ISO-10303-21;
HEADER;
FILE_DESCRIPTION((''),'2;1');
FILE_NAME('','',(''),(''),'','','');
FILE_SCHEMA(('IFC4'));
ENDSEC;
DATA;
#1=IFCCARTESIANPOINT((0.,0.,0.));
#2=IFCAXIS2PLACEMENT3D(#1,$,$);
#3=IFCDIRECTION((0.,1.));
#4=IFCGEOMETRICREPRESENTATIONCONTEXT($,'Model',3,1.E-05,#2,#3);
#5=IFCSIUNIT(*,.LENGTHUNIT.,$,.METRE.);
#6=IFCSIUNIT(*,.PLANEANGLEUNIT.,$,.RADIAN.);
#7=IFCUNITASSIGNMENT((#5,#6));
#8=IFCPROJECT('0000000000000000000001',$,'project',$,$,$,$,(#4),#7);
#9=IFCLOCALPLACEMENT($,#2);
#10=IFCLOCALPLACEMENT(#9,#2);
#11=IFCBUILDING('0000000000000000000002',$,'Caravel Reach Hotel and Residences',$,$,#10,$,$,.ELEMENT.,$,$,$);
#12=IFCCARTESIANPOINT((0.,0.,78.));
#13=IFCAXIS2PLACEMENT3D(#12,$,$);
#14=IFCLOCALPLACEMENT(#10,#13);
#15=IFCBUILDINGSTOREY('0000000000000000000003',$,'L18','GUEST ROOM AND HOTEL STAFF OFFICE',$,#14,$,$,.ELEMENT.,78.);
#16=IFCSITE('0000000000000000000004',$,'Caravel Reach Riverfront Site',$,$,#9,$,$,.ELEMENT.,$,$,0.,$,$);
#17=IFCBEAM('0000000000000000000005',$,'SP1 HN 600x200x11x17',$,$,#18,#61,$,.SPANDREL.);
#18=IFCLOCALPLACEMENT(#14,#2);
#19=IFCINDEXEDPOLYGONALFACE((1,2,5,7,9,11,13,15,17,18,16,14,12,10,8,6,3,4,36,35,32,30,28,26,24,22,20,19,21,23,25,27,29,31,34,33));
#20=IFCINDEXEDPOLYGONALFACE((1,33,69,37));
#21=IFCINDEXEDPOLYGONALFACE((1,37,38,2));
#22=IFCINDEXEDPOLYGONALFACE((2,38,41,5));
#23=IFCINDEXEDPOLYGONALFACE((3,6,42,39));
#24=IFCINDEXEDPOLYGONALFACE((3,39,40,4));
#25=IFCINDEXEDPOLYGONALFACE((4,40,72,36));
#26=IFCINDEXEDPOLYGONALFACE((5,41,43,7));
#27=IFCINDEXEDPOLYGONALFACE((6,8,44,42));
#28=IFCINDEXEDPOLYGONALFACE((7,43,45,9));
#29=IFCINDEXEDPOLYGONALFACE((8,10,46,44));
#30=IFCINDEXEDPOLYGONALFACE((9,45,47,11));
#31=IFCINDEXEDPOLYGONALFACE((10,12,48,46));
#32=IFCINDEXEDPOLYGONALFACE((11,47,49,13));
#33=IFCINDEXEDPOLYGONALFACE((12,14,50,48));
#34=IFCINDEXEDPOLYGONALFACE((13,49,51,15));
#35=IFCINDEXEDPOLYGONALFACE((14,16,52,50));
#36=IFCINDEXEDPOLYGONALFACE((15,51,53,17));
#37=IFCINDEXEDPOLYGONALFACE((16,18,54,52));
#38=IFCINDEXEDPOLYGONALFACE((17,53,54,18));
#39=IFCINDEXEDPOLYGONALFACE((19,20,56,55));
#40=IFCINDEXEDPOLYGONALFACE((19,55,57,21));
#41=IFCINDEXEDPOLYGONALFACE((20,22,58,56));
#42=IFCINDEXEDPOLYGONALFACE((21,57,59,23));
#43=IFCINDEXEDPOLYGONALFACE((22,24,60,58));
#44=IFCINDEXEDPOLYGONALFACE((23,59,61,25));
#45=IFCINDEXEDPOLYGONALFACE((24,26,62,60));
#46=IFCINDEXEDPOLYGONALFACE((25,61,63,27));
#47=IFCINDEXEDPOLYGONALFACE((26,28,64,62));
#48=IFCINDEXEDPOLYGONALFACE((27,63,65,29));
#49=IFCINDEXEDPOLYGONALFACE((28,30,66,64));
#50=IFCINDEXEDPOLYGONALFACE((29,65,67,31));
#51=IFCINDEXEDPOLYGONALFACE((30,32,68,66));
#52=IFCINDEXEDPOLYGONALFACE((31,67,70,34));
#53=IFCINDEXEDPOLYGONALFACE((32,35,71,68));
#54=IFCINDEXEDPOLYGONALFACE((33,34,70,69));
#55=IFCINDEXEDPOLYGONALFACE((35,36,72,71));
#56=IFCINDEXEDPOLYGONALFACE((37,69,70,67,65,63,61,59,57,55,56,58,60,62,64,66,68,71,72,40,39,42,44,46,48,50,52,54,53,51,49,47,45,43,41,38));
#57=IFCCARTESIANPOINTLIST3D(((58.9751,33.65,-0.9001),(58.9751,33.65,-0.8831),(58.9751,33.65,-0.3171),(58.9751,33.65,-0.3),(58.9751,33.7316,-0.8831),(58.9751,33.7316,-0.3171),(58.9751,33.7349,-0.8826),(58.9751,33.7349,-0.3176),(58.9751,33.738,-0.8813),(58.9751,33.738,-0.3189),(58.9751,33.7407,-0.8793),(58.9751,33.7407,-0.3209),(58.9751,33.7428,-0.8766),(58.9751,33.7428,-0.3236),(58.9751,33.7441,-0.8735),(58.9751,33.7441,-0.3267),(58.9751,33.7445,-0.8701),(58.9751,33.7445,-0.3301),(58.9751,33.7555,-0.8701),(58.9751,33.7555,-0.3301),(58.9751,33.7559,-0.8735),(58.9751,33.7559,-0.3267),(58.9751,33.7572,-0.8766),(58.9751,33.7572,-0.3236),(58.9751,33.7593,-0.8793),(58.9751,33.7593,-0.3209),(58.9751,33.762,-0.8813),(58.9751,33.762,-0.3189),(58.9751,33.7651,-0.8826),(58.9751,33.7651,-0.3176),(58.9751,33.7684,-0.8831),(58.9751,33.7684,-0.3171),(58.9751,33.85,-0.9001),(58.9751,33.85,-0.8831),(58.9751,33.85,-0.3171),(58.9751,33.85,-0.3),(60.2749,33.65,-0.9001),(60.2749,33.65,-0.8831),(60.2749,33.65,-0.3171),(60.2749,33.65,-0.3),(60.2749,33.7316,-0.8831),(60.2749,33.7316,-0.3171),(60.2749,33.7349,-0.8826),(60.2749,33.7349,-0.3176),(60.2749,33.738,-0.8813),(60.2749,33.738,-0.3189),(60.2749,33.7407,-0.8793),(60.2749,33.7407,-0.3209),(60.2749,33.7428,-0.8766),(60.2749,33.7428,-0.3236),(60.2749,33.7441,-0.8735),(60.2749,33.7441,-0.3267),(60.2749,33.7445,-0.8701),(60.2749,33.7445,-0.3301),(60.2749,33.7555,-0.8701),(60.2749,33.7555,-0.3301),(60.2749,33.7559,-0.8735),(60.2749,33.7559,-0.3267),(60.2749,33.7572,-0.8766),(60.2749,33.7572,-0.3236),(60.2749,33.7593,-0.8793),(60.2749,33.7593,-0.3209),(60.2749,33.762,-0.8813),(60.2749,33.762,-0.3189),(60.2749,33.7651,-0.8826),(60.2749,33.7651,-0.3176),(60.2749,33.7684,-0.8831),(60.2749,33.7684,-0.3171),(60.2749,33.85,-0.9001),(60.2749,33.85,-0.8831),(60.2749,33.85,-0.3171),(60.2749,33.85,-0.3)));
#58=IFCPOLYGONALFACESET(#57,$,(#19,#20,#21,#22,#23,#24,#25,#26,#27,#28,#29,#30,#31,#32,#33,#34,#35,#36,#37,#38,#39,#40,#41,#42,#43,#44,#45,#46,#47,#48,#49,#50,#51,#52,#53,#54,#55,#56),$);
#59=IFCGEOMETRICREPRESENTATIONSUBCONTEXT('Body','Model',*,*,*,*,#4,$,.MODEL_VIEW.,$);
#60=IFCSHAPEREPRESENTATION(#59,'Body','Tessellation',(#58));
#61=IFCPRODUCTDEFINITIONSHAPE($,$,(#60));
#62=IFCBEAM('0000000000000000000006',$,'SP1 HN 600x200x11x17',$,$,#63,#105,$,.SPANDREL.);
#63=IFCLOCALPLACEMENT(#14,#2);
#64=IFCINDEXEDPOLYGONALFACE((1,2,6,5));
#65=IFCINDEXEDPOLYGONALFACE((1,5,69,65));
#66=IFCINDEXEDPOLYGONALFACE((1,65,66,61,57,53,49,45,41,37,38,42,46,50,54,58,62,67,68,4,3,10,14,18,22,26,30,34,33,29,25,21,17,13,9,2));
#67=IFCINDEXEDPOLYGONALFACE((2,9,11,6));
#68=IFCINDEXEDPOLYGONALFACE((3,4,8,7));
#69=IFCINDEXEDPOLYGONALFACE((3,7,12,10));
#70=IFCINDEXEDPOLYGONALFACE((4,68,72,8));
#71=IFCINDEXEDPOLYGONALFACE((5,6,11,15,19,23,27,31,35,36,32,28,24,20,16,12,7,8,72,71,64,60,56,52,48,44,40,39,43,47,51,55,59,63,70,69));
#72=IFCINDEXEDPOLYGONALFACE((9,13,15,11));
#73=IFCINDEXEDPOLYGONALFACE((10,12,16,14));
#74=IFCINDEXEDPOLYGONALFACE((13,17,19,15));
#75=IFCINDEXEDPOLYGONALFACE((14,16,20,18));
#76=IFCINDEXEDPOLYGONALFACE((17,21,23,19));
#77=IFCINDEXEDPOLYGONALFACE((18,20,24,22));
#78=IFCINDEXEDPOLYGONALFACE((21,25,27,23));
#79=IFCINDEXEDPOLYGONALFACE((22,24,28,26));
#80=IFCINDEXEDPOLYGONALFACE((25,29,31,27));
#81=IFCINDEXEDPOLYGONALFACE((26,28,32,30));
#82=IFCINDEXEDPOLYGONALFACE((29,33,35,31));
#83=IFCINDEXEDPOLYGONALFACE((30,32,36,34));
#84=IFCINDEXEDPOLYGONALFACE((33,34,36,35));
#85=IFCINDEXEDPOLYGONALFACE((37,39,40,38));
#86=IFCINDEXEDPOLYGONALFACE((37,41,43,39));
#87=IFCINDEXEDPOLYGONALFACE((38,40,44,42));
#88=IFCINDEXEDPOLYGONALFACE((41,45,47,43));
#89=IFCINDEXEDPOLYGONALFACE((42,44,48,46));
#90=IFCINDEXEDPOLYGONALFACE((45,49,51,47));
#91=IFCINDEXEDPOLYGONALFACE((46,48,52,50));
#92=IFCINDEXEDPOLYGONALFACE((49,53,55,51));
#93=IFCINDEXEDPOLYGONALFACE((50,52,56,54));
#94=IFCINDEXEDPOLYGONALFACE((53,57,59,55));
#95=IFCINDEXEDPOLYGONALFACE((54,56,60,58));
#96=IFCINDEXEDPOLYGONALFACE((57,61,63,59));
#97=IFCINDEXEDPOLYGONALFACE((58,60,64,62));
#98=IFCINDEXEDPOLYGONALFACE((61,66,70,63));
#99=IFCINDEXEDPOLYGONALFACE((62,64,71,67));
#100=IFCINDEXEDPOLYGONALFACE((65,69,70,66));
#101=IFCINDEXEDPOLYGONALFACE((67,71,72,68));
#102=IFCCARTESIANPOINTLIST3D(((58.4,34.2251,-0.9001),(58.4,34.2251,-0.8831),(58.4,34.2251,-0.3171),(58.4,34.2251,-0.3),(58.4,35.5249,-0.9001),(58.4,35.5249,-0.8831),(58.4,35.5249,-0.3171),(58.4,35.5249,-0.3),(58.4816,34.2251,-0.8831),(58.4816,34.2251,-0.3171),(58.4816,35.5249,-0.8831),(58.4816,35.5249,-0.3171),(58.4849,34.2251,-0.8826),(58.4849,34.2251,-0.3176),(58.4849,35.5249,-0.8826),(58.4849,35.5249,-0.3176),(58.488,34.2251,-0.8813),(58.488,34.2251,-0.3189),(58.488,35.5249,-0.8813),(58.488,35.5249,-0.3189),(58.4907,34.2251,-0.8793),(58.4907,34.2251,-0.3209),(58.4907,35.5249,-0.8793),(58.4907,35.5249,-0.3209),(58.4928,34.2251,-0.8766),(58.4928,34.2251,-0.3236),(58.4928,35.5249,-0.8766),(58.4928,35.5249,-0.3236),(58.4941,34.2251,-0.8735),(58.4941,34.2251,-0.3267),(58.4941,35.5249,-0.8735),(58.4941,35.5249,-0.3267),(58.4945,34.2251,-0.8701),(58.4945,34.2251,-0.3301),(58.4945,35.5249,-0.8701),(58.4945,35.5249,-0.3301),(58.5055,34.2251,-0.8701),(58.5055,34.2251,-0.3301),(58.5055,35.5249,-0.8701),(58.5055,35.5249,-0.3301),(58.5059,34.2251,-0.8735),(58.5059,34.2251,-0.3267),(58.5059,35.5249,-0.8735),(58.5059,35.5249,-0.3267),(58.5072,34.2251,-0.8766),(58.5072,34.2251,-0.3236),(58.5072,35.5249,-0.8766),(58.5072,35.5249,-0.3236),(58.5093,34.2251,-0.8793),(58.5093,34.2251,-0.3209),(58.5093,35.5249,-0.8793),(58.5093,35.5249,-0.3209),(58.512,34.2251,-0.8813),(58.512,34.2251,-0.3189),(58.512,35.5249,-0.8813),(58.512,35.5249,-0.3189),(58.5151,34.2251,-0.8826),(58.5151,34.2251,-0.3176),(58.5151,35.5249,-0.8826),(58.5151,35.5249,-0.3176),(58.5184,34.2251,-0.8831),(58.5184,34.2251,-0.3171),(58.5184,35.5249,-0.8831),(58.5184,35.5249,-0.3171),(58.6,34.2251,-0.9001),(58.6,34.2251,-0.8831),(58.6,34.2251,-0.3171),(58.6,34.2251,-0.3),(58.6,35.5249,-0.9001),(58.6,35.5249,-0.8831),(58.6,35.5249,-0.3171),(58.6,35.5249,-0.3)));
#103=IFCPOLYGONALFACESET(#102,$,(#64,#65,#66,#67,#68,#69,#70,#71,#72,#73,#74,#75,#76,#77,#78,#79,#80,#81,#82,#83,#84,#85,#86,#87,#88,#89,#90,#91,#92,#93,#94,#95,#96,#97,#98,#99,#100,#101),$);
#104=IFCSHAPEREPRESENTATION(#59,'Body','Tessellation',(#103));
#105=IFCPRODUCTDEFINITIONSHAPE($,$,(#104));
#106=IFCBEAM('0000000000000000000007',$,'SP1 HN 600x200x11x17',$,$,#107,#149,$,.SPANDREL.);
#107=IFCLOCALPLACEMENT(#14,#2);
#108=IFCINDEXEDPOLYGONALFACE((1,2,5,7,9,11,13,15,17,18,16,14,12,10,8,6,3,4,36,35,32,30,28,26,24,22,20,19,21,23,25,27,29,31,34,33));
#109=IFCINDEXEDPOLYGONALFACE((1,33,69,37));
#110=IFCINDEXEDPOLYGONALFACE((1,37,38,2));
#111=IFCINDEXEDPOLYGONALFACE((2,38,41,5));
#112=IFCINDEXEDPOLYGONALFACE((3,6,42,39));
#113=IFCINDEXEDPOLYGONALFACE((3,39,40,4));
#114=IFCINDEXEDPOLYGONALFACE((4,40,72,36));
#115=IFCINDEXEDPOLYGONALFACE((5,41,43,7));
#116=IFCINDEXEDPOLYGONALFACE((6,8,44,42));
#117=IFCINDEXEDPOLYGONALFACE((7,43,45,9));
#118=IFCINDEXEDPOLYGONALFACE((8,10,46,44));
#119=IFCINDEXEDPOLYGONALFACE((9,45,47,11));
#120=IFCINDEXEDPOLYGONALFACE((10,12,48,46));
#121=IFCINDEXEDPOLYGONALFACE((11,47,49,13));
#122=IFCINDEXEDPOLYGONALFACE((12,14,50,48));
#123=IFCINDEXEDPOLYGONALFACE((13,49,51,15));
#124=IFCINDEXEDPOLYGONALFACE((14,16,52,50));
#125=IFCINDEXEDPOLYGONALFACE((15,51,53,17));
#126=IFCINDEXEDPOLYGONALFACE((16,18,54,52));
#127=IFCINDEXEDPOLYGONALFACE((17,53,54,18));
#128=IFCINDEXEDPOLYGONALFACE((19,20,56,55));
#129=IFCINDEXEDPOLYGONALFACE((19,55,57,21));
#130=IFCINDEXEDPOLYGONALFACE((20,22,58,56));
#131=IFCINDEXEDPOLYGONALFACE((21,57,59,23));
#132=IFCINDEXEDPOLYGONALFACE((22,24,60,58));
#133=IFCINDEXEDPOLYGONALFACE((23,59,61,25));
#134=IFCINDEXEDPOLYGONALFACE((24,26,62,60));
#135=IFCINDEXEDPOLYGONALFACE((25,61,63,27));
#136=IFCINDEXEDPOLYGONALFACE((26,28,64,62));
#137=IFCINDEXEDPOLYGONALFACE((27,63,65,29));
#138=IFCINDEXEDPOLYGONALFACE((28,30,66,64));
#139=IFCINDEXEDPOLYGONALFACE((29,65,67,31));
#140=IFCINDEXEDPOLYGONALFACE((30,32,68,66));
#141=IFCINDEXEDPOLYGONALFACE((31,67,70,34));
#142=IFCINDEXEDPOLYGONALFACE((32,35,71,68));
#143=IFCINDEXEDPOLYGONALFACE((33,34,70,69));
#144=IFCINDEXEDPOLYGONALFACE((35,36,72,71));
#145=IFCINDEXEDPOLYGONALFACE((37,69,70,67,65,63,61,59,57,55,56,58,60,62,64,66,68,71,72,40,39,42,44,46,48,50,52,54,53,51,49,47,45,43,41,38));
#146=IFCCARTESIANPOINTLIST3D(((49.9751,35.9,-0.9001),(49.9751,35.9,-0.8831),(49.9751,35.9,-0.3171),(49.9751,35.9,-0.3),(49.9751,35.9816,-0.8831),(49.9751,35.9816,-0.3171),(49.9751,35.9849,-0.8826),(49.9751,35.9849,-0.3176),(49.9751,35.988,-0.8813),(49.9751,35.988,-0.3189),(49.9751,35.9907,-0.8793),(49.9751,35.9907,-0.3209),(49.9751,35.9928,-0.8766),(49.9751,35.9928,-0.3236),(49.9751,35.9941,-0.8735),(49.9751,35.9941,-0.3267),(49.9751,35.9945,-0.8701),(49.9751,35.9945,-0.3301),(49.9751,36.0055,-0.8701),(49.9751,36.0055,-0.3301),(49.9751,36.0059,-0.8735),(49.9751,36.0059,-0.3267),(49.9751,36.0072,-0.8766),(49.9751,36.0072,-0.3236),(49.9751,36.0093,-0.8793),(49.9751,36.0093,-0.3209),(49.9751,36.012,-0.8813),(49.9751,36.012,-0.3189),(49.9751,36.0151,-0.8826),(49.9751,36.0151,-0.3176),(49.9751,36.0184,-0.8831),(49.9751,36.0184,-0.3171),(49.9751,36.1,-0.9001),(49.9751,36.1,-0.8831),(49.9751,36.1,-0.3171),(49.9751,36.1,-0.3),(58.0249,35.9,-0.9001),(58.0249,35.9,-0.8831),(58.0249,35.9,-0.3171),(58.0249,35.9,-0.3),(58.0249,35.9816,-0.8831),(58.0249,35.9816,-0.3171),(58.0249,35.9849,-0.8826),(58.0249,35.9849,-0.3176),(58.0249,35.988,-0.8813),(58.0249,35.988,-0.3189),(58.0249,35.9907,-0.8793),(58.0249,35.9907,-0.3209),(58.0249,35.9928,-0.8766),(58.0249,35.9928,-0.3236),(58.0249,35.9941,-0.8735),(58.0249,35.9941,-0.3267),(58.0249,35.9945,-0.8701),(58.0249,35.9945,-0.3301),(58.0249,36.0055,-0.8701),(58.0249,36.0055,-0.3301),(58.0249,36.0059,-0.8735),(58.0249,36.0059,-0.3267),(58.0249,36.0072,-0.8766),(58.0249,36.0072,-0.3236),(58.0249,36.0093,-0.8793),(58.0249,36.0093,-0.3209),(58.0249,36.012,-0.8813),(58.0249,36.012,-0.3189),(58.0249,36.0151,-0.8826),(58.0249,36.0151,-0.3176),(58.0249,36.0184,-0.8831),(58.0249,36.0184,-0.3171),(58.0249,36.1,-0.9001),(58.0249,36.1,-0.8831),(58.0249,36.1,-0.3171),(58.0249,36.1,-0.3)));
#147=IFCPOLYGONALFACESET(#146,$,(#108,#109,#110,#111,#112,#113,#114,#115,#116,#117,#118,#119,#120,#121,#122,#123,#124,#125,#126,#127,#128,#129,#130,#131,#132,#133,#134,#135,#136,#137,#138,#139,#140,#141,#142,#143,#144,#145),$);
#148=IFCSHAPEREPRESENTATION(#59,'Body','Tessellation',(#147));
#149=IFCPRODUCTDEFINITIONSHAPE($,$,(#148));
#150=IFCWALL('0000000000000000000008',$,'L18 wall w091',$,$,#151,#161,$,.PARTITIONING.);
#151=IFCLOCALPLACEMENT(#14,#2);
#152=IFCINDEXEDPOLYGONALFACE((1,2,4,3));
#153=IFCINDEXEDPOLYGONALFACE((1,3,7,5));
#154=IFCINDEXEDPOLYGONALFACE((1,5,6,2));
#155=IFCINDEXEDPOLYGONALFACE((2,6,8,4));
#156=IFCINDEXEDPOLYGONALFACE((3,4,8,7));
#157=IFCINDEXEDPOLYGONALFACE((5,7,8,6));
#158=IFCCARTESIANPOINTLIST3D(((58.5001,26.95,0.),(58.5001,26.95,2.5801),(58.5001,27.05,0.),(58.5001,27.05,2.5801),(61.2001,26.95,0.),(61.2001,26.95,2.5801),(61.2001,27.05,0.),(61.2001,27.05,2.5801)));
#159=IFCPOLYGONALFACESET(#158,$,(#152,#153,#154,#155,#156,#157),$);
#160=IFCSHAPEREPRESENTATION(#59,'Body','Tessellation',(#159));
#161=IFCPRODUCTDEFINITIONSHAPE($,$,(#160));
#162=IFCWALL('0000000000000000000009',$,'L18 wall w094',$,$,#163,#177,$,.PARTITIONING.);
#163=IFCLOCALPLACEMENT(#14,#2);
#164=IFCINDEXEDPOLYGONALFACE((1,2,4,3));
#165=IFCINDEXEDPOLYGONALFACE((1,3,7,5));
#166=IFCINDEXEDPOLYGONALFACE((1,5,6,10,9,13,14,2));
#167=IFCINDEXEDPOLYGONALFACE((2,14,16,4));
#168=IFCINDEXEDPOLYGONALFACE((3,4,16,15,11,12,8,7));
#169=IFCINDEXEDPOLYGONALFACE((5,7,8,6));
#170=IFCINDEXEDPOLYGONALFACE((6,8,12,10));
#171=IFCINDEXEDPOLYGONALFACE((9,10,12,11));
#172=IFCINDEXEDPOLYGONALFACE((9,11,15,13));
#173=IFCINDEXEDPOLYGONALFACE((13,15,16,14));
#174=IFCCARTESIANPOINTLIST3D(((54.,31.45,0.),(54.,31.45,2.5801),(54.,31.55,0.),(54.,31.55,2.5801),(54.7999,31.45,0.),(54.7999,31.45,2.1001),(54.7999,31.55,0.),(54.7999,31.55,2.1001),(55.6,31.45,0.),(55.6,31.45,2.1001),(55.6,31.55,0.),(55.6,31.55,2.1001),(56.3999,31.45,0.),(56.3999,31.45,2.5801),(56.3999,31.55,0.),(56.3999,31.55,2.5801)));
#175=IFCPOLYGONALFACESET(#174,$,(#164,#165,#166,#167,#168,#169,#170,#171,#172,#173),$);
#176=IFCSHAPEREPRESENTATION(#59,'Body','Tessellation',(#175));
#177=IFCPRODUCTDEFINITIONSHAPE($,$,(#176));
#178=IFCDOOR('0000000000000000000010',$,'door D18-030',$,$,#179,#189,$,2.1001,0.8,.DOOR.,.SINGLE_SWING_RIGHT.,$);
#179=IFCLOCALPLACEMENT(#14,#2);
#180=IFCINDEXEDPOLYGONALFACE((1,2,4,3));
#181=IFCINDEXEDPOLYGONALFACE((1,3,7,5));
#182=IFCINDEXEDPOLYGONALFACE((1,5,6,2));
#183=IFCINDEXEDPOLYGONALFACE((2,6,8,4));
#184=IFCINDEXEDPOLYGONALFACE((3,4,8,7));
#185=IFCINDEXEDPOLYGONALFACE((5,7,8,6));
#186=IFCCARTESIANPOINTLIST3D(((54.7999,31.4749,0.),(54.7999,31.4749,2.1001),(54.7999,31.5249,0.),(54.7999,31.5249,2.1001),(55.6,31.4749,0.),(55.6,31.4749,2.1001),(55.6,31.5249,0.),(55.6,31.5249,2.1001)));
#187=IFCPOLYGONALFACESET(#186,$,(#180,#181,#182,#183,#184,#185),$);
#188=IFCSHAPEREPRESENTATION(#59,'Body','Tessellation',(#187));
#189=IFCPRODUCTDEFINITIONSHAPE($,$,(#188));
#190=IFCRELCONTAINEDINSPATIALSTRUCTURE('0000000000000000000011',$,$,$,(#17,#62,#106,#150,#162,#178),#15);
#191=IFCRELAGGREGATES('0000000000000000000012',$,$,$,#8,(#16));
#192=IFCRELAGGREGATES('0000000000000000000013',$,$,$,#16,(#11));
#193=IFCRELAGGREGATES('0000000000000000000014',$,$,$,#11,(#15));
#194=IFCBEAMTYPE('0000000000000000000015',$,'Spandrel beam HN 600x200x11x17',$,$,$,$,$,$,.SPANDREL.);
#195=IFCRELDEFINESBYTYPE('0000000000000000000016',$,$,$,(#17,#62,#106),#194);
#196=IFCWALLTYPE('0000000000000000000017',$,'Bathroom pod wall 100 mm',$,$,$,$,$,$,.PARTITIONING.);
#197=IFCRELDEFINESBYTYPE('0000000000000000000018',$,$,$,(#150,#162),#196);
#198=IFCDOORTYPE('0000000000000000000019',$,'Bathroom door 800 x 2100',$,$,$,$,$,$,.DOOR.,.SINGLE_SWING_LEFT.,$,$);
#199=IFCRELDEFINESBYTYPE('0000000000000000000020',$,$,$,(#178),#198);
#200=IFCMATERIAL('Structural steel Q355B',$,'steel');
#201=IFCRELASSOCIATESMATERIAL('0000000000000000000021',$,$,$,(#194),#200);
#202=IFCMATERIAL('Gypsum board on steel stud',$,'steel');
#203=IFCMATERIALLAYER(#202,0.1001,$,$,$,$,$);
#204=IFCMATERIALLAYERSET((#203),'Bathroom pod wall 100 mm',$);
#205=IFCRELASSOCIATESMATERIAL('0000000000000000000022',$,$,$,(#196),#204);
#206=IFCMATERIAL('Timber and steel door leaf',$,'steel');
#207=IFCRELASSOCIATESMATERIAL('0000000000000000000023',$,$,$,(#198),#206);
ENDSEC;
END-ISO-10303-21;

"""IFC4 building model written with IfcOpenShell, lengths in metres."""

from ifc_helpers import new_model, si_unit, direction, frame, frame_2d, origin, origin_2d, place, context, subcontext, project, spatial, rectangle, i_section, extrude, material, layer, layer_set, material_profile, profile_set, type_object, element, fill, save


model = new_model("IFC4")

# Units and contexts
model_context = context("Model", 3, precision=1e-05, world=origin(), true_north=direction((0.0, 1.0)))
body_context = subcontext(model_context, "Body", "Model", "MODEL_VIEW")
ifc_project = project(units=[si_unit("LENGTHUNIT", "METRE"), si_unit("PLANEANGLEUNIT", "RADIAN")], contexts=[model_context])

# Site, building, storey
site_placement = place(None, origin())
site = spatial("IfcSite", under=ifc_project, at=site_placement, Name="Caravel Reach Riverfront Site", CompositionType="ELEMENT", RefElevation=0.0)
building_placement = place(site_placement, origin())
building = spatial("IfcBuilding", under=site, at=building_placement, Name="Caravel Reach Hotel and Residences", CompositionType="ELEMENT")
storey_placement = place(building_placement, frame((0.0, 0.0, 78.0)))
storey = spatial("IfcBuildingStorey", under=building, at=storey_placement, Name="L18", Description="GUEST ROOM AND HOTEL STAFF OFFICE", CompositionType="ELEMENT", Elevation=78.0)

# Beams
ifc_material_1 = material(Name="Structural steel Q355B", Category="steel")
ifc_material_profile_1 = material_profile(ifc_material_1, i_section(OverallWidth=0.2, OverallDepth=0.6001, WebThickness=0.011, FlangeThickness=0.0171, FilletRadius=0.0129, at=origin_2d()), Name="HN 600x200x11x17")
ifc_profile_set_1 = profile_set([ifc_material_profile_1], Name="Structural steel Q355B")
beam_type = type_object("IfcBeamType", Name="Spandrel beam HN 600x200x11x17", PredefinedType="SPANDREL", material=ifc_profile_set_1)
for number, where, z_axis, x_axis, name in (
    (1, (60.2749, 33.75, -0.6001), (-1.0, 0.0, 0.0), (0.0, -1.0, 0.0), "SP1 HN 600x200x11x17"),
    (2, (58.5, 34.2251, -0.6001), (0.0, 1.0, 0.0), (-1.0, 0.0, 0.0), "SP1 HN 600x200x11x17"),
):
    element("IfcBeam", number, at=place(storey_placement, frame(where, z_axis=z_axis, x_axis=x_axis)), inside=storey, type_object=beam_type, Name=name, PredefinedType="SPANDREL", context=body_context, shape_type="SweptSolid", body=[
        extrude(i_section(OverallWidth=0.2, OverallDepth=0.6001, WebThickness=0.011, FlangeThickness=0.0171, FilletRadius=0.0129, at=origin_2d()), origin(), (0.0, 0.0, 1.0), 1.2998),
    ])
beam_placement = place(storey_placement, frame((58.0249, 36.0, -0.6001), z_axis=(-1.0, 0.0, 0.0), x_axis=(0.0, -1.0, 0.0)))
element("IfcBeam", 3, at=beam_placement, inside=storey, type_object=beam_type, Name="SP1 HN 600x200x11x17", PredefinedType="SPANDREL", context=body_context, shape_type="SweptSolid", body=[
    extrude(i_section(OverallWidth=0.2, OverallDepth=0.6001, WebThickness=0.011, FlangeThickness=0.0171, FilletRadius=0.0129, at=origin_2d()), origin(), (0.0, 0.0, 1.0), 8.0498),
])

# Wall
ifc_material_2 = material(Name="Gypsum board on steel stud", Category="steel")
ifc_layer_1 = layer(ifc_material_2, 0.1001)
ifc_layer_set_1 = layer_set([ifc_layer_1], Name="Bathroom pod wall 100 mm")
wall_type_1 = type_object("IfcWallType", Name="Bathroom pod wall 100 mm", PredefinedType="PARTITIONING", material=ifc_layer_set_1)
wall_1_placement = place(storey_placement, frame((58.5, 27.0, 0.0), z_axis=(0.0, 0.0, 1.0), x_axis=(1.0, 0.0, 0.0)))
element("IfcWall", 4, at=wall_1_placement, inside=storey, type_object=wall_type_1, Name="L18 wall w091", PredefinedType="PARTITIONING", context=body_context, shape_type="SweptSolid", body=[
    extrude(rectangle(XDim=2.7, YDim=0.1001, at=frame_2d((1.3501, 0.0))), origin(), (0.0, 0.0, 1.0), 2.5801),
])

# Wall, opening, door
wall_2_placement = place(storey_placement, frame((54.0, 31.5, 0.0), z_axis=(0.0, 0.0, 1.0), x_axis=(1.0, 0.0, 0.0)))
wall_2 = element("IfcWall", 5, at=wall_2_placement, inside=storey, type_object=wall_type_1, Name="L18 wall w094", PredefinedType="PARTITIONING", context=body_context, shape_type="SweptSolid", body=[
    extrude(rectangle(XDim=2.3999, YDim=0.1001, at=frame_2d((1.2, 0.0))), origin(), (0.0, 0.0, 1.0), 2.5801),
])
opening_1_placement = place(wall_2_placement, frame((0.8, 0.0, 0.0)))
opening_1 = element("IfcOpeningElement", 6, at=opening_1_placement, cuts=wall_2, PredefinedType="OPENING", context=body_context, shape_type="SweptSolid", body=[
    extrude(rectangle(XDim=0.8, YDim=2.1001, at=frame_2d((0.3999, 1.05))), frame((0.0, 0.0601, 0.0), z_axis=(0.0, -1.0, 0.0), x_axis=(1.0, 0.0, 0.0)), (0.0, 0.0, 1.0), 0.1201),
])
ifc_material_3 = material(Name="Timber and steel door leaf", Category="steel")
door_type_1 = type_object("IfcDoorType", Name="Bathroom door 800 x 2100", OperationType="SINGLE_SWING_LEFT", PredefinedType="DOOR", material=ifc_material_3)
door_1_placement = place(opening_1_placement, origin())
door_1 = element("IfcDoor", 7, at=door_1_placement, inside=storey, type_object=door_type_1, Name="door D18-030", OperationType="SINGLE_SWING_RIGHT", OverallHeight=2.1001, OverallWidth=0.8, PredefinedType="DOOR", context=body_context, shape_type="SweptSolid", body=[
    extrude(rectangle(XDim=0.8, YDim=2.1001, at=frame_2d((0.3999, 1.05))), frame((0.0, 0.0249, 0.0), z_axis=(0.0, -1.0, 0.0), x_axis=(1.0, 0.0, 0.0)), (0.0, 0.0, 1.0), 0.05),
])
fill(opening_1, door_1)

save(model, "model.ifc")
